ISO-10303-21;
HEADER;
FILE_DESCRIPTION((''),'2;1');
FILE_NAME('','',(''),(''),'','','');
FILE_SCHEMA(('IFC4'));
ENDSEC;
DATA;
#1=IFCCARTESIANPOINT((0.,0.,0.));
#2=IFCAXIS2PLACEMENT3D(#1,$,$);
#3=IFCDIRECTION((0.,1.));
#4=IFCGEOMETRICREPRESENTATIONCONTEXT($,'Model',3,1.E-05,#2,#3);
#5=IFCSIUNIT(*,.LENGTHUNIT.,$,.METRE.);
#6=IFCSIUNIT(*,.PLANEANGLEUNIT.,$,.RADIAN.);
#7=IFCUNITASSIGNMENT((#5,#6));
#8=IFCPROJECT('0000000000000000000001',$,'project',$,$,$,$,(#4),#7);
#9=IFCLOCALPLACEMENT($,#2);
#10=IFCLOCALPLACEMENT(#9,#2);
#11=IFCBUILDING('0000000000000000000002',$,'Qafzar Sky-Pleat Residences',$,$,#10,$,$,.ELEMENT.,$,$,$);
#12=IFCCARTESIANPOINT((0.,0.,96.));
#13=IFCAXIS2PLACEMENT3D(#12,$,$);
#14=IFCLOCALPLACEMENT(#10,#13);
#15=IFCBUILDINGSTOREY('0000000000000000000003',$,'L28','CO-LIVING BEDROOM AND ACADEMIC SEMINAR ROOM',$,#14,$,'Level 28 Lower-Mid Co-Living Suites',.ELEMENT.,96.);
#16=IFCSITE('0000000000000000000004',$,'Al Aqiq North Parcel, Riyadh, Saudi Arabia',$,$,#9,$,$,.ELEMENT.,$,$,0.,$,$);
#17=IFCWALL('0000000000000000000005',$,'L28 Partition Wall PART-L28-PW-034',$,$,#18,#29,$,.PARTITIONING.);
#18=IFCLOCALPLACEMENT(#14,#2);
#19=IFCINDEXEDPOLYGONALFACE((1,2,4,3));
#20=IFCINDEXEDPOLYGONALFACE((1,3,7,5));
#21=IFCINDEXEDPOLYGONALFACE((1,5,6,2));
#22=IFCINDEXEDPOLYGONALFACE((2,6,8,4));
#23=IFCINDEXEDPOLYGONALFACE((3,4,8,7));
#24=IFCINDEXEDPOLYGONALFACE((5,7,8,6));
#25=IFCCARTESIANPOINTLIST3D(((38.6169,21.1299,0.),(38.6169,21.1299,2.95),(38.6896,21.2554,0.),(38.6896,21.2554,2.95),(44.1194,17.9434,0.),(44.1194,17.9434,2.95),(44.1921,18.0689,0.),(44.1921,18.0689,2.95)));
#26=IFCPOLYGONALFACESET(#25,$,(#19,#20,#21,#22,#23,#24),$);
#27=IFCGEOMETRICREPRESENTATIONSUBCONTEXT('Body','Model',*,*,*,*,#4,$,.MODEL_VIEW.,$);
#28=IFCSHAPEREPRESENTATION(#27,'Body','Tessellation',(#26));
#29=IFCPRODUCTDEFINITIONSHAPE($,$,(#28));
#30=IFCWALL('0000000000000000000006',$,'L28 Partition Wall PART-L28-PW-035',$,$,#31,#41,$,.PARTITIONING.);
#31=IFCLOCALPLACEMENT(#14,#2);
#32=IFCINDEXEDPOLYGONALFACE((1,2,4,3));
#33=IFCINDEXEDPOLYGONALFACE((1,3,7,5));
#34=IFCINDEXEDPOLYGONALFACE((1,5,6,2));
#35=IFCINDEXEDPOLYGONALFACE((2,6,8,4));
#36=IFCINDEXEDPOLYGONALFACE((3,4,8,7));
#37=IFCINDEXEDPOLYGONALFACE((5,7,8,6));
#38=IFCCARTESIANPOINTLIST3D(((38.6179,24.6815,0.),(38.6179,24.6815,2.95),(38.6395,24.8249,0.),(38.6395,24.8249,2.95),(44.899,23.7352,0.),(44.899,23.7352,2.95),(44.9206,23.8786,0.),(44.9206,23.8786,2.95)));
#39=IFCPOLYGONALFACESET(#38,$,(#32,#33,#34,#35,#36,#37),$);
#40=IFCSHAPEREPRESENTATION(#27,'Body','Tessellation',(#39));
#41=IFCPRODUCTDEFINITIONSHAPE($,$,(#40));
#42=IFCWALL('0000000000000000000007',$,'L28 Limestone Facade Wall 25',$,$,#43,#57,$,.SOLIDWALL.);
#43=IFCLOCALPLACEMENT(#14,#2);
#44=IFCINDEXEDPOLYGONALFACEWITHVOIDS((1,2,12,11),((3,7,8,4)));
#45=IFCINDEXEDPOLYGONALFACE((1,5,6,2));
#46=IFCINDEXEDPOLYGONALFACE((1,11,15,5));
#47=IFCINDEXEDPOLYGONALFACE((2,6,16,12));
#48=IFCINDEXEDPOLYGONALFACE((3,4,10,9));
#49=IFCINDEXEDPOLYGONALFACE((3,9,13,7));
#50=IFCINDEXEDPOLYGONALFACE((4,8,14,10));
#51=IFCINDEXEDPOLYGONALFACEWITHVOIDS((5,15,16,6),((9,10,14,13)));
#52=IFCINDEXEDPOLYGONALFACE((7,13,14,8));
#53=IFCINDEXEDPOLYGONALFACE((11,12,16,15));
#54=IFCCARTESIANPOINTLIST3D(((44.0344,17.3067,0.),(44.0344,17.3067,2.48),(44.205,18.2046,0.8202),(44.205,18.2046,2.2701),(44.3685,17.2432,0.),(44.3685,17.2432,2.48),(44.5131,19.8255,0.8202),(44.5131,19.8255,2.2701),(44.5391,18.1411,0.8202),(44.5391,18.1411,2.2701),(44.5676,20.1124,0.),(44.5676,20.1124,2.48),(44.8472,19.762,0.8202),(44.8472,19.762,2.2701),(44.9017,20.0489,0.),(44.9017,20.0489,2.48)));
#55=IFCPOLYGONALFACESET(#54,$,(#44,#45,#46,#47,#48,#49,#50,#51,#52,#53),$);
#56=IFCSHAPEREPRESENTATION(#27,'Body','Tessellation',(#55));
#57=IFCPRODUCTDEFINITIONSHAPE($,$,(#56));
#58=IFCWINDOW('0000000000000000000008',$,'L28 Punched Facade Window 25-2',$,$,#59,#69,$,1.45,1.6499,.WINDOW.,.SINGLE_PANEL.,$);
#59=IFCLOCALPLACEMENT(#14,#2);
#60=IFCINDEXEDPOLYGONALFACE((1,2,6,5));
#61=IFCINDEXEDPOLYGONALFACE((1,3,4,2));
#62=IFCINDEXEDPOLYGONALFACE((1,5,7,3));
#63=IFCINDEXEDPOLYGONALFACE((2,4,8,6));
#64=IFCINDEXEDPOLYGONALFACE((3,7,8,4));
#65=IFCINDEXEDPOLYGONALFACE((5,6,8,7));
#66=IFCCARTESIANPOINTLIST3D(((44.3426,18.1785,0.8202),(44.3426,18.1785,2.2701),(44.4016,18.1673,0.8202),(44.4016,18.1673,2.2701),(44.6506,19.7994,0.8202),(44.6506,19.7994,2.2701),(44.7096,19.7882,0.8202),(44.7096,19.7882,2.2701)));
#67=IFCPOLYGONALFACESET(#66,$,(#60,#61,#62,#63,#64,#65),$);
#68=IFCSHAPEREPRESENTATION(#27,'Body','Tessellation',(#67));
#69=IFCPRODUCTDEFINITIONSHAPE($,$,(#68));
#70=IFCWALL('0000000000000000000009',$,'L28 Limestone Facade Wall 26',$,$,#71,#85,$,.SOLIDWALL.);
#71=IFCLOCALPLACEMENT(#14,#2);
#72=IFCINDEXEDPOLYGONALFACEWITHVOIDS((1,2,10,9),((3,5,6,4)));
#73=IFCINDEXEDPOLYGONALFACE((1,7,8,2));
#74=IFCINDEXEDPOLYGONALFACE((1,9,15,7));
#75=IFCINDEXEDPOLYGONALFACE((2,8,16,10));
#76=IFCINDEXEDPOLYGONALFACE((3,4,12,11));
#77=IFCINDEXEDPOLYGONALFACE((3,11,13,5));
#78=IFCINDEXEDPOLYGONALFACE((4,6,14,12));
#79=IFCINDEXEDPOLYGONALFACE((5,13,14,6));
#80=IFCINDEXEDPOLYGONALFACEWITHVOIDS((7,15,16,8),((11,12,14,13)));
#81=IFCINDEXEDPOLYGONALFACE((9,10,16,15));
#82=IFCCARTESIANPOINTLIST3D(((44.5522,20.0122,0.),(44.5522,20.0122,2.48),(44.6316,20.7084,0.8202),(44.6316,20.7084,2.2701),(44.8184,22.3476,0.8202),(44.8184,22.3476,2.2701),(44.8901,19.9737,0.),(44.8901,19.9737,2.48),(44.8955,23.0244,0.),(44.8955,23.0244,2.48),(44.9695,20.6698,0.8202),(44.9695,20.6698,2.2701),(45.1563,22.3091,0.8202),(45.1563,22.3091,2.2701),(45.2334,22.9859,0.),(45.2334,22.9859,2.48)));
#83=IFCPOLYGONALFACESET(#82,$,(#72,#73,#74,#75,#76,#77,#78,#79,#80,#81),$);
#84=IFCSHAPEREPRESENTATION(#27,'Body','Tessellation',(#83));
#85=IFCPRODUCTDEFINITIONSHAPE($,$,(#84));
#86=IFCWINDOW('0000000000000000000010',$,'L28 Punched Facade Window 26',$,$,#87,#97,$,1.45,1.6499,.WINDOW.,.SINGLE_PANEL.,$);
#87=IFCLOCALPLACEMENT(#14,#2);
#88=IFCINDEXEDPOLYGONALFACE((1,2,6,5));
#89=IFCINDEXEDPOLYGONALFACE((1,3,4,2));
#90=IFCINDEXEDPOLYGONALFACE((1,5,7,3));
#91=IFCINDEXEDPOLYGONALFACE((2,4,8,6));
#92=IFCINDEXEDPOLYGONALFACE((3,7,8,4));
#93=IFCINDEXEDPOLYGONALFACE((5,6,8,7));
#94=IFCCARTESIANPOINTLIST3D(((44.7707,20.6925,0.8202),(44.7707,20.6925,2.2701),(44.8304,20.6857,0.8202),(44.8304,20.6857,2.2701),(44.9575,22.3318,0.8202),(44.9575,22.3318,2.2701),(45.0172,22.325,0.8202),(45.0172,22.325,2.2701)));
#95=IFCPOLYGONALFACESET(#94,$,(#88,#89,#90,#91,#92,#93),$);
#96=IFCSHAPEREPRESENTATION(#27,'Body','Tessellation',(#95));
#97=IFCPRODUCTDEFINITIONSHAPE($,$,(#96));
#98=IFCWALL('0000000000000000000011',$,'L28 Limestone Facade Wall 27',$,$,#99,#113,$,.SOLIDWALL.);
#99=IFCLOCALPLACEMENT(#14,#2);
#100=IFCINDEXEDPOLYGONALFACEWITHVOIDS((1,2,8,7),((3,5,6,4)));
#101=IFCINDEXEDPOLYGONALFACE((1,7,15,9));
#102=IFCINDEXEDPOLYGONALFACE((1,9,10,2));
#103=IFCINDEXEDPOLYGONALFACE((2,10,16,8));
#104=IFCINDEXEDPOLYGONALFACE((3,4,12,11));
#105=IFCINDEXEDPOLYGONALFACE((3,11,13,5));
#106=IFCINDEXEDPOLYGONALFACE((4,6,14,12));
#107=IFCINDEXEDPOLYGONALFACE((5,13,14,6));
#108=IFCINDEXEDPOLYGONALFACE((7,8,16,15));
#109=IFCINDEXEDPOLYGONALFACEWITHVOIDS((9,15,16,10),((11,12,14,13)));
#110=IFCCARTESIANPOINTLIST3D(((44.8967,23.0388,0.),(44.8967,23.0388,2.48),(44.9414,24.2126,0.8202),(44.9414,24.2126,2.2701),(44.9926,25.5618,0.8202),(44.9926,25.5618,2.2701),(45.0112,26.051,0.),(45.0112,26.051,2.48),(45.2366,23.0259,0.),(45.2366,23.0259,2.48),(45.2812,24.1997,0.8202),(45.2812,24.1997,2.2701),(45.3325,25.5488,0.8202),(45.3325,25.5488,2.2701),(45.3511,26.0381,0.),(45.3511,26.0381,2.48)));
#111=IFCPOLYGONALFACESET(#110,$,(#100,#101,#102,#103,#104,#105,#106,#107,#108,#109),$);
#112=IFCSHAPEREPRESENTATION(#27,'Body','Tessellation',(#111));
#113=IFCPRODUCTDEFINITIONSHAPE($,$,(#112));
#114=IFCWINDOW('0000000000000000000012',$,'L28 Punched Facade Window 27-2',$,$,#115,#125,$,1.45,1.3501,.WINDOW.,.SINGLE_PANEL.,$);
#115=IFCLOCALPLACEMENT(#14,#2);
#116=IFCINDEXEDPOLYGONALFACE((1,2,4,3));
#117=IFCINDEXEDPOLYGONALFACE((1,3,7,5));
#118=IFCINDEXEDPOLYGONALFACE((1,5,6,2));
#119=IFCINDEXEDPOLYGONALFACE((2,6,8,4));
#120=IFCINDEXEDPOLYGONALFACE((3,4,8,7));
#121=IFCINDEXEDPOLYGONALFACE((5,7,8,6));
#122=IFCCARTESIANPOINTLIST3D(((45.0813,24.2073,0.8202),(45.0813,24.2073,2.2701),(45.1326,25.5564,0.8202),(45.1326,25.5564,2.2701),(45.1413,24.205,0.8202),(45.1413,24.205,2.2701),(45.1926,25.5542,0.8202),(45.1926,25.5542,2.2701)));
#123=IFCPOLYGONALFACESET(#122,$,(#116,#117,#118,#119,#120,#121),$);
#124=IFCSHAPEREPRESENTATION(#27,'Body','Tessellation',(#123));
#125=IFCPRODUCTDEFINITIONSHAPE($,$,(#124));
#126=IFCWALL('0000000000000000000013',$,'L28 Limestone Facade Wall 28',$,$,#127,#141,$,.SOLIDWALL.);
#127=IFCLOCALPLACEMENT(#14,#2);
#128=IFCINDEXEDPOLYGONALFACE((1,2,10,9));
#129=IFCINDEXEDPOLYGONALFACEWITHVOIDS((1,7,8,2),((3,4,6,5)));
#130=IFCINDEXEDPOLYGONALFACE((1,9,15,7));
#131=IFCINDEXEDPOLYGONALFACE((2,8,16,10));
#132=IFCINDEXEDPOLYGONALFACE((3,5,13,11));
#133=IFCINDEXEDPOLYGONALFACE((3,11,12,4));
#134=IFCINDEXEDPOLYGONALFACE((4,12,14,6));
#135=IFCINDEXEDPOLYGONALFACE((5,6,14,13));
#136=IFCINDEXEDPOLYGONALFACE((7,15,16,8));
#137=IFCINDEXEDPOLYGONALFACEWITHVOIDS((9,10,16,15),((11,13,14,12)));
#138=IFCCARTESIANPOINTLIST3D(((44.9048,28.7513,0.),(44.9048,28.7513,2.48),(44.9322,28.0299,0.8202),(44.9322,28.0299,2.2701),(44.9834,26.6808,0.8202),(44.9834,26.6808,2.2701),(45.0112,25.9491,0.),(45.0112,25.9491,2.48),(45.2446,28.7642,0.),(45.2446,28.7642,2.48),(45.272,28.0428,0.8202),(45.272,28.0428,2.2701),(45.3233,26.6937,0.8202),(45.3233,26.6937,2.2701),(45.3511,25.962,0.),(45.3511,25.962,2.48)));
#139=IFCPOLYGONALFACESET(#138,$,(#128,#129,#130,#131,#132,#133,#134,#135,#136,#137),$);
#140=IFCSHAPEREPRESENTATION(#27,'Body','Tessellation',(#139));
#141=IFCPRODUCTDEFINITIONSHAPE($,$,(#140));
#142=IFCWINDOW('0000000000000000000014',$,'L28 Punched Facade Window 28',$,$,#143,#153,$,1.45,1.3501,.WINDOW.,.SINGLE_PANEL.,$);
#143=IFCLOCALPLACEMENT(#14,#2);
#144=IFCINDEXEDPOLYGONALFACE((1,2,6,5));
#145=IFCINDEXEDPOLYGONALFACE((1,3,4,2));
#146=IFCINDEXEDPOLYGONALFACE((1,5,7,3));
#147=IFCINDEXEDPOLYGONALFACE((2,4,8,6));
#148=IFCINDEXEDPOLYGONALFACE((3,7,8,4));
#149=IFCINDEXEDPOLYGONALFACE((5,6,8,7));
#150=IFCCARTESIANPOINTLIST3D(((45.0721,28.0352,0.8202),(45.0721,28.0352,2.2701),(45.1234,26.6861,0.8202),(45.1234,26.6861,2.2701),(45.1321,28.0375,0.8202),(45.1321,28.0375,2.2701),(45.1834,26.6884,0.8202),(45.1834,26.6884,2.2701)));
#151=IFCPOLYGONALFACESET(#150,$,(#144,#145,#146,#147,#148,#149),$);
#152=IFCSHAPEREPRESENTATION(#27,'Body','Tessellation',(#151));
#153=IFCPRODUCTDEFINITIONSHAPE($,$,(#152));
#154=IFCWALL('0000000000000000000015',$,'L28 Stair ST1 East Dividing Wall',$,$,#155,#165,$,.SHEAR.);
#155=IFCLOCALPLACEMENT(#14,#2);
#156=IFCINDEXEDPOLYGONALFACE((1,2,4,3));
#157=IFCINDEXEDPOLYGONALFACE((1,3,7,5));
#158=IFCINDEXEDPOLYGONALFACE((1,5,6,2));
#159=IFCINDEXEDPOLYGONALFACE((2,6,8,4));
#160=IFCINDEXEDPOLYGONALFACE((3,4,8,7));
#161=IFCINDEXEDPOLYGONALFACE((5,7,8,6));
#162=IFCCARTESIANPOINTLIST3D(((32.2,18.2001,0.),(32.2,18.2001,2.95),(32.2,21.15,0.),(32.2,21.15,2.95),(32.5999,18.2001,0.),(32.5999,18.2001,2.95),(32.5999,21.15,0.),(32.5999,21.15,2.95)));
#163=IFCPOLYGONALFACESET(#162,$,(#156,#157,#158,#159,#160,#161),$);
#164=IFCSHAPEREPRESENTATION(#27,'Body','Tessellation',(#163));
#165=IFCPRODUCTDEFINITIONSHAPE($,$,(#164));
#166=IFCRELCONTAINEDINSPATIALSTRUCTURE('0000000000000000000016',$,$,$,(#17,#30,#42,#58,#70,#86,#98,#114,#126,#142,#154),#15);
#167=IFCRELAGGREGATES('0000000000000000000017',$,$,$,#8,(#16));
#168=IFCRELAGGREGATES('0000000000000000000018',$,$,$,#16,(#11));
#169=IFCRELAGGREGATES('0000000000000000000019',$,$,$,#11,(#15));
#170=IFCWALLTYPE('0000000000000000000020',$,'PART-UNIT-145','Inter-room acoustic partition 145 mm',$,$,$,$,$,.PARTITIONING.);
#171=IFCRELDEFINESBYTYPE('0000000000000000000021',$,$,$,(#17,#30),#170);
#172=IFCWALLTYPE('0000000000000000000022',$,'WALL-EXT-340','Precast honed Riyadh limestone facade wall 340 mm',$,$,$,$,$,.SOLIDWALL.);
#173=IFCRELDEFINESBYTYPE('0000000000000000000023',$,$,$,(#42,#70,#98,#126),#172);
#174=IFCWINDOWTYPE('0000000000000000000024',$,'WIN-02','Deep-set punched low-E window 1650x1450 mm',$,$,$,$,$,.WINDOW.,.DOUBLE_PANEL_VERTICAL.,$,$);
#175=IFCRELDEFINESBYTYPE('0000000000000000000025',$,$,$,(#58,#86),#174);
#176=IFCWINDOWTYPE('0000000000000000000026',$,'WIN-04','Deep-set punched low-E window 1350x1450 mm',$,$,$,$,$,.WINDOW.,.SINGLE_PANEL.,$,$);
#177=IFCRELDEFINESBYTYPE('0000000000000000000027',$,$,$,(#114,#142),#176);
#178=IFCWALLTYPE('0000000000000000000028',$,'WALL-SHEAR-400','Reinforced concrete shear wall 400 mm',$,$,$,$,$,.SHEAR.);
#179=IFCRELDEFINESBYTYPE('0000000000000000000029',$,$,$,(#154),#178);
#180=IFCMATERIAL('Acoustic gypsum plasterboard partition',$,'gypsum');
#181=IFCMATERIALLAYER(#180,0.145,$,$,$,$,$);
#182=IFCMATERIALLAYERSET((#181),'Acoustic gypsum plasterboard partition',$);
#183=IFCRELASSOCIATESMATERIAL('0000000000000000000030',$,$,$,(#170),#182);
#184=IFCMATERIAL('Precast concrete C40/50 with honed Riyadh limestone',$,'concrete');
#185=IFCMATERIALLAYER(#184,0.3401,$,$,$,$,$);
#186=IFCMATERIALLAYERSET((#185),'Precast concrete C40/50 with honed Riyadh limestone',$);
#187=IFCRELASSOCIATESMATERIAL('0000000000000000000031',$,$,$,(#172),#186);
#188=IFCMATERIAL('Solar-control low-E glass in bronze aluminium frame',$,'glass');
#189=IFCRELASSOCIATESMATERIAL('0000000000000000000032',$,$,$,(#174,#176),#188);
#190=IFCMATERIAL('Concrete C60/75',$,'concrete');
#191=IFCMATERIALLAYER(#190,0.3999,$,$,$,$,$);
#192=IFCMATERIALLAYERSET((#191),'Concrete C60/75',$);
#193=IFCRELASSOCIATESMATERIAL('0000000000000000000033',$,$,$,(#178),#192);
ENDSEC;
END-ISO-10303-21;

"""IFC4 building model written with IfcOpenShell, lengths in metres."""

from ifc_helpers import new_model, si_unit, direction, frame, frame_2d, origin, place, context, subcontext, project, spatial, rectangle, extrude, source, transform, mapped, material, layer, layer_set, type_object, element, fill, save


model = new_model("IFC4")

# Units and contexts
model_context = context("Model", 3, precision=1e-05, world=origin(), true_north=direction((0.0, 1.0)))
body_context = subcontext(model_context, "Body", "Model", "MODEL_VIEW")
ifc_project = project(units=[si_unit("LENGTHUNIT", "METRE"), si_unit("PLANEANGLEUNIT", "RADIAN")], contexts=[model_context])

# Site, building, storey
site_placement = place(None, origin())
site = spatial("IfcSite", under=ifc_project, at=site_placement, Name="Al Aqiq North Parcel, Riyadh, Saudi Arabia", CompositionType="ELEMENT", RefElevation=0.0)
building_placement = place(site_placement, origin())
building = spatial("IfcBuilding", under=site, at=building_placement, Name="Qafzar Sky-Pleat Residences", CompositionType="ELEMENT")
storey_placement = place(building_placement, frame((0.0, 0.0, 96.0)))
storey = spatial("IfcBuildingStorey", under=building, at=storey_placement, Name="L28", Description="CO-LIVING BEDROOM AND ACADEMIC SEMINAR ROOM", LongName="Level 28 Lower-Mid Co-Living Suites", CompositionType="ELEMENT", Elevation=96.0)

# Shared definitions
ifc_material_1 = material(Name="Acoustic gypsum plasterboard partition", Category="gypsum")

# Walls
ifc_layer_1 = layer(ifc_material_1, 0.145)
ifc_layer_set_1 = layer_set([ifc_layer_1], Name="Acoustic gypsum plasterboard partition")
wall_type_1 = type_object("IfcWallType", Name="PART-UNIT-145", Description="Inter-room acoustic partition 145 mm", PredefinedType="PARTITIONING", material=ifc_layer_set_1)
wall_1_placement = place(storey_placement, frame((38.6533, 21.1926, 0.0), z_axis=(0.0, 0.0, 1.0), x_axis=(0.865365, -0.501142, 0.0)))
element("IfcWall", 1, at=wall_1_placement, inside=storey, type_object=wall_type_1, Name="L28 Partition Wall PART-L28-PW-034", PredefinedType="PARTITIONING", context=body_context, shape_type="SweptSolid", body=[
    extrude(rectangle(XDim=6.3586, YDim=0.145, at=frame_2d((3.1792, 0.0))), origin(), (0.0, 0.0, 1.0), 2.95),
])
wall_2_placement = place(storey_placement, frame((38.6287, 24.7532, 0.0), z_axis=(0.0, 0.0, 1.0), x_axis=(0.988841, -0.148972, 0.0)))
element("IfcWall", 2, at=wall_2_placement, inside=storey, type_object=wall_type_1, Name="L28 Partition Wall PART-L28-PW-035", PredefinedType="PARTITIONING", context=body_context, shape_type="SweptSolid", body=[
    extrude(rectangle(XDim=6.3521, YDim=0.145, at=frame_2d((3.176, 0.0))), origin(), (0.0, 0.0, 1.0), 2.95),
])

# Walls, openings, windows
ifc_material_2 = material(Name="Precast concrete C40/50 with honed Riyadh limestone", Category="concrete")
ifc_layer_2 = layer(ifc_material_2, 0.3401)
ifc_layer_set_2 = layer_set([ifc_layer_2], Name="Precast concrete C40/50 with honed Riyadh limestone")
wall_type_2 = type_object("IfcWallType", Name="WALL-EXT-340", Description="Precast honed Riyadh limestone facade wall 340 mm", PredefinedType="SOLIDWALL", material=ifc_layer_set_2)
wall_3_placement = place(storey_placement, frame((44.2014, 17.2749, 0.0), z_axis=(0.0, 0.0, 1.0), x_axis=(0.186704, 0.982416, 0.0)))
wall_3 = element("IfcWall", 3, at=wall_3_placement, inside=storey, type_object=wall_type_2, Name="L28 Limestone Facade Wall 25", PredefinedType="SOLIDWALL", context=body_context, shape_type="SweptSolid", body=[
    extrude(rectangle(XDim=2.856, YDim=0.3401, at=frame_2d((1.428, 0.0))), origin(), (0.0, 0.0, 1.0), 2.48),
])
opening_1_placement = place(wall_3_placement, frame((0.9141, 0.0, 0.8201)))
opening_1 = element("IfcOpeningElement", 4, at=opening_1_placement, cuts=wall_3, PredefinedType="OPENING", context=body_context, shape_type="SweptSolid", body=[
    extrude(rectangle(XDim=1.6499, YDim=1.45, at=frame_2d((0.825, 0.7251))), frame((0.0, 0.1802, 0.0), z_axis=(0.0, -1.0, 0.0), x_axis=(1.0, 0.0, 0.0)), (0.0, 0.0, 1.0), 0.3601),
])
ifc_material_3 = material(Name="Solar-control low-E glass in bronze aluminium frame", Category="glass")
window_type_1 = type_object("IfcWindowType", Name="WIN-02", Description="Deep-set punched low-E window 1650x1450 mm", PartitioningType="DOUBLE_PANEL_VERTICAL", PredefinedType="WINDOW", material=ifc_material_3)
shared_shape_1 = source(origin(), body_context, "Body", "SweptSolid", [
    extrude(rectangle(XDim=1.6499, YDim=1.45, at=frame_2d((0.825, 0.7251))), frame((0.0, 0.03, 0.0), z_axis=(0.0, -1.0, 0.0), x_axis=(1.0, 0.0, 0.0)), (0.0, 0.0, 1.0), 0.0601),
])
window_1_placement = place(opening_1_placement, origin())
window_1 = element("IfcWindow", 5, at=window_1_placement, inside=storey, type_object=window_type_1, Name="L28 Punched Facade Window 25-2", OverallHeight=1.45, OverallWidth=1.6499, PartitioningType="SINGLE_PANEL", PredefinedType="WINDOW", context=body_context, shape_type="MappedRepresentation", body=[
    mapped(shared_shape_1, transform((0.0, 0.0, 0.0), x_axis=(1.0, 0.0, 0.0), y_axis=(0.0, 1.0, 0.0), z_axis=(0.0, 0.0, 1.0), scale=1.0)),
])
fill(opening_1, window_1)
wall_4_placement = place(storey_placement, frame((44.7212, 19.9929, 0.0), z_axis=(0.0, 0.0, 1.0), x_axis=(0.113224, 0.993569, 0.0)))
wall_4 = element("IfcWall", 6, at=wall_4_placement, inside=storey, type_object=wall_type_2, Name="L28 Limestone Facade Wall 26", PredefinedType="SOLIDWALL", context=body_context, shape_type="SweptSolid", body=[
    extrude(rectangle(XDim=3.0317, YDim=0.3401, at=frame_2d((1.5159, 0.0))), origin(), (0.0, 0.0, 1.0), 2.48),
])
opening_2_placement = place(wall_4_placement, frame((0.7007, 0.0, 0.8201)))
opening_2 = element("IfcOpeningElement", 7, at=opening_2_placement, cuts=wall_4, PredefinedType="OPENING", context=body_context, shape_type="SweptSolid", body=[
    extrude(rectangle(XDim=1.6499, YDim=1.45, at=frame_2d((0.825, 0.7251))), frame((0.0, 0.1802, 0.0), z_axis=(0.0, -1.0, 0.0), x_axis=(1.0, 0.0, 0.0)), (0.0, 0.0, 1.0), 0.3601),
])
window_2_placement = place(opening_2_placement, origin())
window_2 = element("IfcWindow", 8, at=window_2_placement, inside=storey, type_object=window_type_1, Name="L28 Punched Facade Window 26", OverallHeight=1.45, OverallWidth=1.6499, PartitioningType="SINGLE_PANEL", PredefinedType="WINDOW", context=body_context, shape_type="MappedRepresentation", body=[
    mapped(shared_shape_1, transform((0.0, 0.0, 0.0), x_axis=(1.0, 0.0, 0.0), y_axis=(0.0, 1.0, 0.0), z_axis=(0.0, 0.0, 1.0), scale=1.0)),
])
fill(opening_2, window_2)
wall_5_placement = place(storey_placement, frame((45.0667, 23.0322, 0.0), z_axis=(0.0, 0.0, 1.0), x_axis=(0.037985, 0.999278, 0.0)))
wall_5 = element("IfcWall", 9, at=wall_5_placement, inside=storey, type_object=wall_type_2, Name="L28 Limestone Facade Wall 27", PredefinedType="SOLIDWALL", context=body_context, shape_type="SweptSolid", body=[
    extrude(rectangle(XDim=3.0144, YDim=0.3401, at=frame_2d((1.5073, 0.0))), origin(), (0.0, 0.0, 1.0), 2.48),
])
opening_3_placement = place(wall_5_placement, frame((1.1748, 0.0, 0.8201)))
opening_3 = element("IfcOpeningElement", 10, at=opening_3_placement, cuts=wall_5, PredefinedType="OPENING", context=body_context, shape_type="SweptSolid", body=[
    extrude(rectangle(XDim=1.3501, YDim=1.45, at=frame_2d((0.675, 0.7251))), frame((0.0, 0.1802, 0.0), z_axis=(0.0, -1.0, 0.0), x_axis=(1.0, 0.0, 0.0)), (0.0, 0.0, 1.0), 0.3601),
])
window_type_2 = type_object("IfcWindowType", Name="WIN-04", Description="Deep-set punched low-E window 1350x1450 mm", PartitioningType="SINGLE_PANEL", PredefinedType="WINDOW", material=ifc_material_3)
shared_shape_2 = source(origin(), body_context, "Body", "SweptSolid", [
    extrude(rectangle(XDim=1.3501, YDim=1.45, at=frame_2d((0.675, 0.7251))), frame((0.0, 0.03, 0.0), z_axis=(0.0, -1.0, 0.0), x_axis=(1.0, 0.0, 0.0)), (0.0, 0.0, 1.0), 0.0601),
])
window_3_placement = place(opening_3_placement, origin())
window_3 = element("IfcWindow", 11, at=window_3_placement, inside=storey, type_object=window_type_2, Name="L28 Punched Facade Window 27-2", OverallHeight=1.45, OverallWidth=1.3501, PartitioningType="SINGLE_PANEL", PredefinedType="WINDOW", context=body_context, shape_type="MappedRepresentation", body=[
    mapped(shared_shape_2, transform((0.0, 0.0, 0.0), x_axis=(1.0, 0.0, 0.0), y_axis=(0.0, 1.0, 0.0), z_axis=(0.0, 0.0, 1.0), scale=1.0)),
])
fill(opening_3, window_3)
wall_6_placement = place(storey_placement, frame((45.1812, 25.9556, 0.0), z_axis=(0.0, 0.0, 1.0), x_axis=(-0.037958, 0.999279, 0.0)))
wall_6 = element("IfcWall", 12, at=wall_6_placement, inside=storey, type_object=wall_type_2, Name="L28 Limestone Facade Wall 28", PredefinedType="SOLIDWALL", context=body_context, shape_type="SweptSolid", body=[
    extrude(rectangle(XDim=2.8042, YDim=0.3401, at=frame_2d((1.4021, 0.0))), origin(), (0.0, 0.0, 1.0), 2.48),
])
opening_4_placement = place(wall_6_placement, frame((0.7322, 0.0, 0.8201)))
opening_4 = element("IfcOpeningElement", 13, at=opening_4_placement, cuts=wall_6, PredefinedType="OPENING", context=body_context, shape_type="SweptSolid", body=[
    extrude(rectangle(XDim=1.3501, YDim=1.45, at=frame_2d((0.675, 0.7251))), frame((0.0, 0.1802, 0.0), z_axis=(0.0, -1.0, 0.0), x_axis=(1.0, 0.0, 0.0)), (0.0, 0.0, 1.0), 0.3601),
])
window_4_placement = place(opening_4_placement, origin())
window_4 = element("IfcWindow", 14, at=window_4_placement, inside=storey, type_object=window_type_2, Name="L28 Punched Facade Window 28", OverallHeight=1.45, OverallWidth=1.3501, PartitioningType="SINGLE_PANEL", PredefinedType="WINDOW", context=body_context, shape_type="MappedRepresentation", body=[
    mapped(shared_shape_2, transform((0.0, 0.0, 0.0), x_axis=(1.0, 0.0, 0.0), y_axis=(0.0, 1.0, 0.0), z_axis=(0.0, 0.0, 1.0), scale=1.0)),
])
fill(opening_4, window_4)

# Wall
ifc_material_4 = material(Name="Concrete C60/75", Category="concrete")
ifc_layer_3 = layer(ifc_material_4, 0.3999)
ifc_layer_set_3 = layer_set([ifc_layer_3], Name="Concrete C60/75")
wall_type_3 = type_object("IfcWallType", Name="WALL-SHEAR-400", Description="Reinforced concrete shear wall 400 mm", PredefinedType="SHEAR", material=ifc_layer_set_3)
wall_7_placement = place(storey_placement, frame((32.3999, 18.2, 0.0), z_axis=(0.0, 0.0, 1.0), x_axis=(0.0, 1.0, 0.0)))
element("IfcWall", 15, at=wall_7_placement, inside=storey, type_object=wall_type_3, Name="L28 Stair ST1 East Dividing Wall", PredefinedType="SHEAR", context=body_context, shape_type="SweptSolid", body=[
    extrude(rectangle(XDim=2.95, YDim=0.3999, at=frame_2d((1.4751, 0.0))), origin(), (0.0, 0.0, 1.0), 2.95),
])

save(model, "model.ifc")
